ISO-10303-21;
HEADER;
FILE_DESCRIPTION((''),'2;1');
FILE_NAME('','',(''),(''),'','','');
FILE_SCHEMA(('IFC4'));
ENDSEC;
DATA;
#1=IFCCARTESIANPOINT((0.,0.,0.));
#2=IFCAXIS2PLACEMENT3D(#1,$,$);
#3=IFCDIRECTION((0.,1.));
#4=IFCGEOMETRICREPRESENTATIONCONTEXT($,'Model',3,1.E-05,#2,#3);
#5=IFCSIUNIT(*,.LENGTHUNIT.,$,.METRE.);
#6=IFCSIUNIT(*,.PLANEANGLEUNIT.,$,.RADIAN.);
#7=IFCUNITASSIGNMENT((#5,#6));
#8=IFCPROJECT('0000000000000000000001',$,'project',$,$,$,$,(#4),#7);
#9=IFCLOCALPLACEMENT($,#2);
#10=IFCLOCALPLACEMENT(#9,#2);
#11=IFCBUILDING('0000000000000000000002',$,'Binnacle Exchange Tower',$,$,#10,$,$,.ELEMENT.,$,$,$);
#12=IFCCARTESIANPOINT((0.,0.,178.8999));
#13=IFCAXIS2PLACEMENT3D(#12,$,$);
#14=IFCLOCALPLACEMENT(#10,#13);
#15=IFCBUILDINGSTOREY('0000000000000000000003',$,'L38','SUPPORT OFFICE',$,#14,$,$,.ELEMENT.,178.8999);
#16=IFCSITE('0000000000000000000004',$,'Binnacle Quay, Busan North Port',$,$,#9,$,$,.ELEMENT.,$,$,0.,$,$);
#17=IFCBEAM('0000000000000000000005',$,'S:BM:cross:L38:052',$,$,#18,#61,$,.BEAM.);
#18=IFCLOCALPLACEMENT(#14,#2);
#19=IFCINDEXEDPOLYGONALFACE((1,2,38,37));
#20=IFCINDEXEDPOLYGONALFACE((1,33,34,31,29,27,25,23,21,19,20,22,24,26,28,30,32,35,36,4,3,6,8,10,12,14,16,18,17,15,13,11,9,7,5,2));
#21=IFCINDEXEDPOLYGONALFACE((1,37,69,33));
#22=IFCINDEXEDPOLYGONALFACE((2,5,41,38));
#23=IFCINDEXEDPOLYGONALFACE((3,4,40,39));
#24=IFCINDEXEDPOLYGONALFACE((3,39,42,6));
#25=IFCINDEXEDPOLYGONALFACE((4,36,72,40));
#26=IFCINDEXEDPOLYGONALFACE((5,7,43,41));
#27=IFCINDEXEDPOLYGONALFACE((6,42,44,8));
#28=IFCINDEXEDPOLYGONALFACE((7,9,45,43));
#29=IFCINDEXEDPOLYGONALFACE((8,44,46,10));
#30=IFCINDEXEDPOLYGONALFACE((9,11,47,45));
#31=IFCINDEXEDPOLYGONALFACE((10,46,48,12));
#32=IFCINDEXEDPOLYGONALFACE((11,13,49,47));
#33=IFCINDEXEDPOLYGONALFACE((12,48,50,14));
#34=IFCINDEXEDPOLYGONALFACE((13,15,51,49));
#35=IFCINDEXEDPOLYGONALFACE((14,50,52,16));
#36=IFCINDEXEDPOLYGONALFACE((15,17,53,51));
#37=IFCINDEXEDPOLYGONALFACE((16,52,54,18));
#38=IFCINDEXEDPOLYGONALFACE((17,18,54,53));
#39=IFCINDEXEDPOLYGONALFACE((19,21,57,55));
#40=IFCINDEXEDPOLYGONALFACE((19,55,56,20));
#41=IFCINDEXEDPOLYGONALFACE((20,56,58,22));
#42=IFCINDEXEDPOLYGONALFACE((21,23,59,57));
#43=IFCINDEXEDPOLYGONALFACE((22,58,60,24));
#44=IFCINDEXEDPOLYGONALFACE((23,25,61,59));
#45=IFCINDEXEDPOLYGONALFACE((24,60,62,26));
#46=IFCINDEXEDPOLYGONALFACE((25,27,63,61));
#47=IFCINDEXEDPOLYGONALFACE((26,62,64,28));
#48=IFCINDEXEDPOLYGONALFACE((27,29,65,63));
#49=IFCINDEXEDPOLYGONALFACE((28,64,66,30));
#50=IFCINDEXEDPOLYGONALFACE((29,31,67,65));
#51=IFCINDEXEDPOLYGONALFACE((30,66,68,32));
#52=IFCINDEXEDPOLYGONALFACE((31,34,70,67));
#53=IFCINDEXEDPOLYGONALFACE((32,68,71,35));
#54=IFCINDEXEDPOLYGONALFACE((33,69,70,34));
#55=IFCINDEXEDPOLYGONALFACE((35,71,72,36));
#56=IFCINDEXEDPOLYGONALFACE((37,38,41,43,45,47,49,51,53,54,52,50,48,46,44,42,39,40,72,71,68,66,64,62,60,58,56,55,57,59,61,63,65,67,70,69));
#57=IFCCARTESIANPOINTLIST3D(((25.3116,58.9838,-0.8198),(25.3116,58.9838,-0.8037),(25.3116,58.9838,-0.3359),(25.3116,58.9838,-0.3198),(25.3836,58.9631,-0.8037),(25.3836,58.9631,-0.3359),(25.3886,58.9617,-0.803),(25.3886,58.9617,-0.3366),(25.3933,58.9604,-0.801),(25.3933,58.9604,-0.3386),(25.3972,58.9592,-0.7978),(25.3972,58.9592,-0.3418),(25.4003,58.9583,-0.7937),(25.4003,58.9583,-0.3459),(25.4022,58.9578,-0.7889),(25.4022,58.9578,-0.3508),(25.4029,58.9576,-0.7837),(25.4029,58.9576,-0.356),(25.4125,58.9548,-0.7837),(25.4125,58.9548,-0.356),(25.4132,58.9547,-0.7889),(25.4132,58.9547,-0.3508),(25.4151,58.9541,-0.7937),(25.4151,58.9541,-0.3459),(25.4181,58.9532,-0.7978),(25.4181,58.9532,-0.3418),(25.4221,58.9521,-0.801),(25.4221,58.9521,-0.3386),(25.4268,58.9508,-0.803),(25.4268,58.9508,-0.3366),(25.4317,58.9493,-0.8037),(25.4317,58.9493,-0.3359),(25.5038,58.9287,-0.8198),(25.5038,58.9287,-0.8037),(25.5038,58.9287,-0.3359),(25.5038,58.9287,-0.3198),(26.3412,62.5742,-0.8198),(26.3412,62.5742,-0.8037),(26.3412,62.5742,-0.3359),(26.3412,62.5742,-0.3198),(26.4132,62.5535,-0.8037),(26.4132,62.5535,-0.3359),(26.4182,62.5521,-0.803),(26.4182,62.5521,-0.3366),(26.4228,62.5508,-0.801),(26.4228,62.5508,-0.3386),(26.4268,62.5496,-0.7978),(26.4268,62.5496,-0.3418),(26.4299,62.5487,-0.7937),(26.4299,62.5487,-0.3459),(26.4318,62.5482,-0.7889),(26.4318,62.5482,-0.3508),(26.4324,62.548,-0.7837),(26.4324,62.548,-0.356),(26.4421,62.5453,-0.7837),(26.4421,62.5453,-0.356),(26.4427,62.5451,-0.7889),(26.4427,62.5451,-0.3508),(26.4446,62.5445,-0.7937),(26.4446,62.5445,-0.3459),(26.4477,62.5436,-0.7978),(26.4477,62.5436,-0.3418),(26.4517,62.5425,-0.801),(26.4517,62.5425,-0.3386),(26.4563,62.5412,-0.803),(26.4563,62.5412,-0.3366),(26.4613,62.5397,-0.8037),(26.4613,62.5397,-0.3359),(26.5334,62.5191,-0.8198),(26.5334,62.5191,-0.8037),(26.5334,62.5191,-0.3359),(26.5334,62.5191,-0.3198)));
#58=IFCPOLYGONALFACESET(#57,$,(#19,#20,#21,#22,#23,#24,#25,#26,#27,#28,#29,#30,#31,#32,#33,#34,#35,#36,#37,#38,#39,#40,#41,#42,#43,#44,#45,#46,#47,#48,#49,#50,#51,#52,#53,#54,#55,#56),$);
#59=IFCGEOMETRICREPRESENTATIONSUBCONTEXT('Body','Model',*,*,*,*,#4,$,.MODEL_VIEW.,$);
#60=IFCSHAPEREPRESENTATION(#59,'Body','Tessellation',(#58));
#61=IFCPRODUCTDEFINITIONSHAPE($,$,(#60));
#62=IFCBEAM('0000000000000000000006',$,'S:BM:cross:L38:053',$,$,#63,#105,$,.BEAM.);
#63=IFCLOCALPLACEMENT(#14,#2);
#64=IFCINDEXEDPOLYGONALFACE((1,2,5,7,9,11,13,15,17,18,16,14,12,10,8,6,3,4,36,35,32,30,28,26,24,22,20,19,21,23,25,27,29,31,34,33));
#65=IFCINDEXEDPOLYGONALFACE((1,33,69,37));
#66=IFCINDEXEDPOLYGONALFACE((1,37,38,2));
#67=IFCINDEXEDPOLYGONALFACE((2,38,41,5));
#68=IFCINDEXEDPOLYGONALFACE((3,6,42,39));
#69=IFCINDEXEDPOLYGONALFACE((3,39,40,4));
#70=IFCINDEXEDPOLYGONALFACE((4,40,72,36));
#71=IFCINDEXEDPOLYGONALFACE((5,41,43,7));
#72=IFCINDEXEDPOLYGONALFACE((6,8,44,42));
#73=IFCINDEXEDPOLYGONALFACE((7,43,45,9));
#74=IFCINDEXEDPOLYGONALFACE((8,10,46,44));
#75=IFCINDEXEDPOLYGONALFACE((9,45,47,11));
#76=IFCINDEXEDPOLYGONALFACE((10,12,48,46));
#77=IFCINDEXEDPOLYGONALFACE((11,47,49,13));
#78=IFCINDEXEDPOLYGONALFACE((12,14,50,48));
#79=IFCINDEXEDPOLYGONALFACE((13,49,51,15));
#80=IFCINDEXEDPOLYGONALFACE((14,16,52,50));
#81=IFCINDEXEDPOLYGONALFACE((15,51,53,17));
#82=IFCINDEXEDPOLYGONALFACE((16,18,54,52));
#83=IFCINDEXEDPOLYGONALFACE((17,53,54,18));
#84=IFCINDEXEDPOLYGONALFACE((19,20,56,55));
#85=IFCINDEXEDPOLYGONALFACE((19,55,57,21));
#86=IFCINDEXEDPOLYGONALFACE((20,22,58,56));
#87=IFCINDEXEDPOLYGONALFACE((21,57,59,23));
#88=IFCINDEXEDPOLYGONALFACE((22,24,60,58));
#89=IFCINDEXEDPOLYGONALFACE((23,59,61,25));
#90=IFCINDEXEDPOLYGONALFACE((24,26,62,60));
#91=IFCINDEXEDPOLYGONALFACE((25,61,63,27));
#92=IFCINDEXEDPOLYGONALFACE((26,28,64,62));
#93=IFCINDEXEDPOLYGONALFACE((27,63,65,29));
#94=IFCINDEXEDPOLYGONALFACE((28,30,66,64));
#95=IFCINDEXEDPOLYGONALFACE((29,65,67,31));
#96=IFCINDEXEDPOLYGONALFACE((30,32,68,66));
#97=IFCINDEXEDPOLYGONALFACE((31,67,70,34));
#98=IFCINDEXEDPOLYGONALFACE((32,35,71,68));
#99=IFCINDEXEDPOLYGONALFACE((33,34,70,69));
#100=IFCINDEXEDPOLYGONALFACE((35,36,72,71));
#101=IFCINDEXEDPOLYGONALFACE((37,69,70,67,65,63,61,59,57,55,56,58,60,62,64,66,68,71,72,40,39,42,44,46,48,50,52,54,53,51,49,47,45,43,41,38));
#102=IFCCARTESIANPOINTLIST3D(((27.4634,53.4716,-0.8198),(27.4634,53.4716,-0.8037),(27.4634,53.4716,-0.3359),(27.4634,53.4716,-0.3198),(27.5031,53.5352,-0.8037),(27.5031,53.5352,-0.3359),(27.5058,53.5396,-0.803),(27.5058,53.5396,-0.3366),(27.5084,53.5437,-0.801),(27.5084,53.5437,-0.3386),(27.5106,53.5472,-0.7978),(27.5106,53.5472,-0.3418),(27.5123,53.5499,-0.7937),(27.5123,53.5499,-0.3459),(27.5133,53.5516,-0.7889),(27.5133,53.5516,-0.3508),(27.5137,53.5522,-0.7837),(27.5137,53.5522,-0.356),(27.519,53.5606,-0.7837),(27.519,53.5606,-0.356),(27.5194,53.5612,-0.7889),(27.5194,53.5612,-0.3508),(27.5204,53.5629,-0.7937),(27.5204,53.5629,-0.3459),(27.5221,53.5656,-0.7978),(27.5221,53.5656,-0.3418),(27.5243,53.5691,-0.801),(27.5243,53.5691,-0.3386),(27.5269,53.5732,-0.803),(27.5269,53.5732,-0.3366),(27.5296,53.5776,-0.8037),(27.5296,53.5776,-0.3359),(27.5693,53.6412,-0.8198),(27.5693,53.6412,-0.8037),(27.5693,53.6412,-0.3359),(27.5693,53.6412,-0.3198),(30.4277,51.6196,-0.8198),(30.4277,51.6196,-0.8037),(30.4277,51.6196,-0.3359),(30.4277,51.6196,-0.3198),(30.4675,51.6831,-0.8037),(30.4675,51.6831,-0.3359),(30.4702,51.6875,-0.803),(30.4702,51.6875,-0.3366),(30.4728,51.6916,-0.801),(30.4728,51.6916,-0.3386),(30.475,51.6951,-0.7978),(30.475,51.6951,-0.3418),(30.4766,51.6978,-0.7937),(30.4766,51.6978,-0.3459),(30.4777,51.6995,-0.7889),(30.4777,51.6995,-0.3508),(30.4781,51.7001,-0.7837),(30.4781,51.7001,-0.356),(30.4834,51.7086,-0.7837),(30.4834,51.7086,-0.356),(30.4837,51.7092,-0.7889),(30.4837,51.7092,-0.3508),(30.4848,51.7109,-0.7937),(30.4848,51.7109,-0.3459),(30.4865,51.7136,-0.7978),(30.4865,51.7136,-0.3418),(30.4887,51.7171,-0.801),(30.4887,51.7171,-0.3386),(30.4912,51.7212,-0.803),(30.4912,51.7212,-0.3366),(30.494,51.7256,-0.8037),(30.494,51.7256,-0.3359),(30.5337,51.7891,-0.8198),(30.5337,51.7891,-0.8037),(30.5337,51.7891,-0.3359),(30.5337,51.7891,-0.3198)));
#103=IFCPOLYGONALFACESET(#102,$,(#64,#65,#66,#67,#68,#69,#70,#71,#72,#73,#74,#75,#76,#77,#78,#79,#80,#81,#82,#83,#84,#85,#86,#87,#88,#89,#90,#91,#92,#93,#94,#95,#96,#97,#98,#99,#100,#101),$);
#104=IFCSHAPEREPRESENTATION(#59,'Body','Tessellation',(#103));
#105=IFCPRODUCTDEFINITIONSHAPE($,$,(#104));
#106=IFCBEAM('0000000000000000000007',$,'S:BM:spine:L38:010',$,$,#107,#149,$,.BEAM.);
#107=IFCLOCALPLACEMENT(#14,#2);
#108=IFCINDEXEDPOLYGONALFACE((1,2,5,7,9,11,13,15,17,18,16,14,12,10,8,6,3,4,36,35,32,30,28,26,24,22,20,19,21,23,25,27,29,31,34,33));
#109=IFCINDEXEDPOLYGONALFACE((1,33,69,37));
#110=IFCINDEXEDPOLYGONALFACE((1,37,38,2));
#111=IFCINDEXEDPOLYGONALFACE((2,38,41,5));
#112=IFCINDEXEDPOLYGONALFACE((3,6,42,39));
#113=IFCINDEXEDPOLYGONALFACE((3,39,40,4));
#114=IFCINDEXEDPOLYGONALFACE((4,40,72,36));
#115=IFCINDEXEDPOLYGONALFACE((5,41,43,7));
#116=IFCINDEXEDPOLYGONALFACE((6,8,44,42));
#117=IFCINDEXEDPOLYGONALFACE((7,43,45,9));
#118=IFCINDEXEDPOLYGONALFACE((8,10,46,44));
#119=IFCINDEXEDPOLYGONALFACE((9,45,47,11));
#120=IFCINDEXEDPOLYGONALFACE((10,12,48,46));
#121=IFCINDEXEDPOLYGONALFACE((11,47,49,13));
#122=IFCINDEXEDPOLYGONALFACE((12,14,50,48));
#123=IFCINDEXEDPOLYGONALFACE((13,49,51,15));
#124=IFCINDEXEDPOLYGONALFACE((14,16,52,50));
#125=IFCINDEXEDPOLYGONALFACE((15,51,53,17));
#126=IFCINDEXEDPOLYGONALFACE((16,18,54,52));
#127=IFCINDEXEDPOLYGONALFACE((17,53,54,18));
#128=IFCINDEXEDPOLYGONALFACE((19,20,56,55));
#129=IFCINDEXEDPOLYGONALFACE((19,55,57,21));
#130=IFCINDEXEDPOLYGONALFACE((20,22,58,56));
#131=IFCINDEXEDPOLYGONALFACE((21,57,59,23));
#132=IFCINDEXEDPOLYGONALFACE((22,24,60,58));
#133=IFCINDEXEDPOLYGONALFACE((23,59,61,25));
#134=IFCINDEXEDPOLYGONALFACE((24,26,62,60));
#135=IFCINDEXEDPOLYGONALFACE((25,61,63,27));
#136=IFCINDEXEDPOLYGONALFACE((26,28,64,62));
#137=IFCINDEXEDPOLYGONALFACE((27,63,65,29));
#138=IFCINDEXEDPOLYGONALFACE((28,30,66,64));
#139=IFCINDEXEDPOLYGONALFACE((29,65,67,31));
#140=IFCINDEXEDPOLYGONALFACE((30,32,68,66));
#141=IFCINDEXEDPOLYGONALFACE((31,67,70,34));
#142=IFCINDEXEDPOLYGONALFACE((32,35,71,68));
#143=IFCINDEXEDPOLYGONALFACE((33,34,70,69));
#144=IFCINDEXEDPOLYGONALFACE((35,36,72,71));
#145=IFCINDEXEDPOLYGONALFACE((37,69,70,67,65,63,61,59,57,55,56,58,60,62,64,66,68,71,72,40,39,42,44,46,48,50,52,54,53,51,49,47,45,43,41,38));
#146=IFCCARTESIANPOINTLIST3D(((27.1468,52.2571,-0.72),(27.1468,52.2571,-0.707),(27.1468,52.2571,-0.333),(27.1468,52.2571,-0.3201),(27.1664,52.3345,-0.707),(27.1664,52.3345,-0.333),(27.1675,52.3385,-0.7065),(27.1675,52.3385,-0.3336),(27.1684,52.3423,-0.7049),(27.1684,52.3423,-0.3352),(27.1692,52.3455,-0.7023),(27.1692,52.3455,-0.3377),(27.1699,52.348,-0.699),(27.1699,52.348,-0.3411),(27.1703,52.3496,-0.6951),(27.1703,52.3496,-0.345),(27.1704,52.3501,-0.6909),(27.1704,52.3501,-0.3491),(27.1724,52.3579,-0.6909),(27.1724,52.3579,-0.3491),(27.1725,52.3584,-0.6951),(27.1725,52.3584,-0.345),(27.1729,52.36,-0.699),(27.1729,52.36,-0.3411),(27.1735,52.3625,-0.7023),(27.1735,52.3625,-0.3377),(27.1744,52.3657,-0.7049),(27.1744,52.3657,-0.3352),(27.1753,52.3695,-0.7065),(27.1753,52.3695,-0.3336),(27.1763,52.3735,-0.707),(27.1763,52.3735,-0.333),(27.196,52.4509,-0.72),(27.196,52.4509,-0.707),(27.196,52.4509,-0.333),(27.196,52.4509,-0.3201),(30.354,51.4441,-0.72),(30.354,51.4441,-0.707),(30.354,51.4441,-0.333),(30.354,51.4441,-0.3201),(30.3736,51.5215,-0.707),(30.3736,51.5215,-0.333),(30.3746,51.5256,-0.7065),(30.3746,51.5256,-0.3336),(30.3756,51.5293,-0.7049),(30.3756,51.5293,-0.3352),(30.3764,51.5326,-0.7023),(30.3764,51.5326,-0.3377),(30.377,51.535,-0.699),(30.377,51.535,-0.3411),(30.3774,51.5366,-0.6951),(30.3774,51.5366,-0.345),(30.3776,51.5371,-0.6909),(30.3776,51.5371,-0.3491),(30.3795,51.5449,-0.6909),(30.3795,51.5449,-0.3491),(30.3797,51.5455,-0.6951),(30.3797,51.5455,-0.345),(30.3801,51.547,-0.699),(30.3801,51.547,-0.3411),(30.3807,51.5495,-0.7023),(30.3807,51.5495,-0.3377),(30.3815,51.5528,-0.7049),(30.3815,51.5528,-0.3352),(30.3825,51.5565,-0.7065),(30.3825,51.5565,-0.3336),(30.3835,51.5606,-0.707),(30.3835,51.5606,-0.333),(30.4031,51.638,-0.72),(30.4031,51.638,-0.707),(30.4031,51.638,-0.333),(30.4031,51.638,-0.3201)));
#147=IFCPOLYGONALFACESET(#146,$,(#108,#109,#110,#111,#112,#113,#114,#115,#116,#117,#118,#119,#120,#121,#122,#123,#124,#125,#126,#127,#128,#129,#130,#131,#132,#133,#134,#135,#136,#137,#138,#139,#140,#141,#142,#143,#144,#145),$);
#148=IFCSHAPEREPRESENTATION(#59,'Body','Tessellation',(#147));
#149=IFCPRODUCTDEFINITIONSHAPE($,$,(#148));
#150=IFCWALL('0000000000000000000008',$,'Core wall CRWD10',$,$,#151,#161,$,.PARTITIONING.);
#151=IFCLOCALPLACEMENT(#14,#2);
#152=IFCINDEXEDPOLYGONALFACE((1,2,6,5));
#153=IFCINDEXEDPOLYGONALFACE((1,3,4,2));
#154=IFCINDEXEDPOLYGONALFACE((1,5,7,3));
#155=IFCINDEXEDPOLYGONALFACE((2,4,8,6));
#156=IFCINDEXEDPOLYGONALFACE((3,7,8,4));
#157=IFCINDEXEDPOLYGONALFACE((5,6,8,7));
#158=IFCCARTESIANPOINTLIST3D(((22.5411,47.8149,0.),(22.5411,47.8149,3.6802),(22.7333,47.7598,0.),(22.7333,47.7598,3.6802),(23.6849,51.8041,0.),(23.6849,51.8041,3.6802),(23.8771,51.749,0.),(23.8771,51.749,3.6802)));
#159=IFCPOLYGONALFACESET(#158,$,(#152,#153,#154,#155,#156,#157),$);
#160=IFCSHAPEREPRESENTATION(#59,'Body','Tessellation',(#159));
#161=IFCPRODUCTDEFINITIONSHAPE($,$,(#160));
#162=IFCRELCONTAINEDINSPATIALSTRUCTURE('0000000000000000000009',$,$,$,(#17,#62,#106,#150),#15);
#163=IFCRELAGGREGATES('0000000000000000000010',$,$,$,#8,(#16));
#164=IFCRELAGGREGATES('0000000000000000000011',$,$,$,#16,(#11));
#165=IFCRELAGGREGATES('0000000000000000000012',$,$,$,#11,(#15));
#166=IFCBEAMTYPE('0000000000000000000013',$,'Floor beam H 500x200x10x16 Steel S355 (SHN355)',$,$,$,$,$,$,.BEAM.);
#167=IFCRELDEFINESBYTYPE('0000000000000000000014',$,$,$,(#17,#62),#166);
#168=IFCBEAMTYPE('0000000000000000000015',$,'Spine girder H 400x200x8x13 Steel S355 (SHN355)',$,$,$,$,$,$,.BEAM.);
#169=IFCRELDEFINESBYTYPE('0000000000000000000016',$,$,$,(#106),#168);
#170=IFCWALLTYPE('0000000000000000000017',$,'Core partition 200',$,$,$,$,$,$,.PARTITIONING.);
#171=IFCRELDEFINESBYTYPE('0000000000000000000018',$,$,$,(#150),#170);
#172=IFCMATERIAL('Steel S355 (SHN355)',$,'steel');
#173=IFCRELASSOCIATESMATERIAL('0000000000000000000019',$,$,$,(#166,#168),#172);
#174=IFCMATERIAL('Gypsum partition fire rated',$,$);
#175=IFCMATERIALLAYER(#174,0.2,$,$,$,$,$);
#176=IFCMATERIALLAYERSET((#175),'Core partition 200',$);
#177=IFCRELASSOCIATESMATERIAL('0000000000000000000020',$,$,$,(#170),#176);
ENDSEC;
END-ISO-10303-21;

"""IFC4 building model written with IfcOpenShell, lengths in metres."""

from ifc_helpers import new_model, si_unit, direction, frame, frame_2d, origin, origin_2d, place, context, subcontext, project, spatial, rectangle, i_section, extrude, material, layer, layer_set, material_profile, profile_set, type_object, element, save


model = new_model("IFC4")

# Units and contexts
model_context = context("Model", 3, precision=1e-05, world=origin(), true_north=direction((0.0, 1.0)))
body_context = subcontext(model_context, "Body", "Model", "MODEL_VIEW")
ifc_project = project(units=[si_unit("LENGTHUNIT", "METRE"), si_unit("PLANEANGLEUNIT", "RADIAN")], contexts=[model_context])

# Site, building, storey
site_placement = place(None, origin())
site = spatial("IfcSite", under=ifc_project, at=site_placement, Name="Binnacle Quay, Busan North Port", CompositionType="ELEMENT", RefElevation=0.0)
building_placement = place(site_placement, origin())
building = spatial("IfcBuilding", under=site, at=building_placement, Name="Binnacle Exchange Tower", CompositionType="ELEMENT")
storey_placement = place(building_placement, frame((0.0, 0.0, 178.8999)))
storey = spatial("IfcBuildingStorey", under=building, at=storey_placement, Name="L38", Description="SUPPORT OFFICE", CompositionType="ELEMENT", Elevation=178.8999)

# Beams
ifc_material_1 = material(Name="Steel S355 (SHN355)", Category="steel")
ifc_material_profile_1 = material_profile(ifc_material_1, i_section(OverallWidth=0.2, OverallDepth=0.5, WebThickness=0.01, FlangeThickness=0.0161, FilletRadius=0.02, at=origin_2d()), Name="H 500x200x10x16")
ifc_profile_set_1 = profile_set([ifc_material_profile_1], Name="Steel S355 (SHN355)")
beam_type_1 = type_object("IfcBeamType", Name="Floor beam H 500x200x10x16 Steel S355 (SHN355)", PredefinedType="BEAM", material=ifc_profile_set_1)
beam_1_placement = place(storey_placement, frame((26.4373, 62.5466, -0.5698), z_axis=(-0.275645, -0.96126, 0.0), x_axis=(0.96126, -0.275645, 0.0)))
element("IfcBeam", 1, at=beam_1_placement, inside=storey, type_object=beam_type_1, Name="S:BM:cross:L38:052", PredefinedType="BEAM", context=body_context, shape_type="SweptSolid", body=[
    extrude(i_section(OverallWidth=0.2, OverallDepth=0.5, WebThickness=0.01, FlangeThickness=0.0161, FilletRadius=0.02, at=origin_2d()), origin(), (0.0, 0.0, 1.0), 3.7351),
])
beam_2_placement = place(storey_placement, frame((30.4807, 51.7043, -0.5698), z_axis=(-0.848085, 0.529861, 0.0), x_axis=(-0.529861, -0.848085, 0.0)))
element("IfcBeam", 2, at=beam_2_placement, inside=storey, type_object=beam_type_1, Name="S:BM:cross:L38:053", PredefinedType="BEAM", context=body_context, shape_type="SweptSolid", body=[
    extrude(i_section(OverallWidth=0.2, OverallDepth=0.5, WebThickness=0.01, FlangeThickness=0.0161, FilletRadius=0.02, at=origin_2d()), origin(), (0.0, 0.0, 1.0), 3.4954),
])
ifc_material_profile_2 = material_profile(ifc_material_1, i_section(OverallWidth=0.2, OverallDepth=0.3999, WebThickness=0.0081, FlangeThickness=0.0129, FilletRadius=0.0161, at=origin_2d()), Name="H 400x200x8x13")
ifc_profile_set_2 = profile_set([ifc_material_profile_2], Name="Steel S355 (SHN355)")
beam_type_2 = type_object("IfcBeamType", Name="Spine girder H 400x200x8x13 Steel S355 (SHN355)", PredefinedType="BEAM", material=ifc_profile_set_2)
beam_3_placement = place(storey_placement, frame((27.1714, 52.354, -0.52), z_axis=(0.969343, -0.245712, 0.0), x_axis=(0.245712, 0.969343, 0.0)))
element("IfcBeam", 3, at=beam_3_placement, inside=storey, type_object=beam_type_2, Name="S:BM:spine:L38:010", PredefinedType="BEAM", context=body_context, shape_type="SweptSolid", body=[
    extrude(i_section(OverallWidth=0.2, OverallDepth=0.3999, WebThickness=0.0081, FlangeThickness=0.0129, FilletRadius=0.0161, at=origin_2d()), origin(), (0.0, 0.0, 1.0), 3.3086),
])

# Wall
ifc_material_2 = material(Name="Gypsum partition fire rated")
ifc_layer_1 = layer(ifc_material_2, 0.2)
ifc_layer_set_1 = layer_set([ifc_layer_1], Name="Core partition 200")
wall_type_1 = type_object("IfcWallType", Name="Core partition 200", PredefinedType="PARTITIONING", material=ifc_layer_set_1)
wall_1_placement = place(storey_placement, frame((22.6372, 47.7874, 0.0), z_axis=(0.0, 0.0, 1.0), x_axis=(0.275615, 0.961268, 0.0)))
element("IfcWall", 4, at=wall_1_placement, inside=storey, type_object=wall_type_1, Name="Core wall CRWD10", PredefinedType="PARTITIONING", context=body_context, shape_type="SweptSolid", body=[
    extrude(rectangle(XDim=4.1499, YDim=0.2, at=frame_2d((2.075, 0.0))), origin(), (0.0, 0.0, 1.0), 3.6802),
])

save(model, "model.ifc")
